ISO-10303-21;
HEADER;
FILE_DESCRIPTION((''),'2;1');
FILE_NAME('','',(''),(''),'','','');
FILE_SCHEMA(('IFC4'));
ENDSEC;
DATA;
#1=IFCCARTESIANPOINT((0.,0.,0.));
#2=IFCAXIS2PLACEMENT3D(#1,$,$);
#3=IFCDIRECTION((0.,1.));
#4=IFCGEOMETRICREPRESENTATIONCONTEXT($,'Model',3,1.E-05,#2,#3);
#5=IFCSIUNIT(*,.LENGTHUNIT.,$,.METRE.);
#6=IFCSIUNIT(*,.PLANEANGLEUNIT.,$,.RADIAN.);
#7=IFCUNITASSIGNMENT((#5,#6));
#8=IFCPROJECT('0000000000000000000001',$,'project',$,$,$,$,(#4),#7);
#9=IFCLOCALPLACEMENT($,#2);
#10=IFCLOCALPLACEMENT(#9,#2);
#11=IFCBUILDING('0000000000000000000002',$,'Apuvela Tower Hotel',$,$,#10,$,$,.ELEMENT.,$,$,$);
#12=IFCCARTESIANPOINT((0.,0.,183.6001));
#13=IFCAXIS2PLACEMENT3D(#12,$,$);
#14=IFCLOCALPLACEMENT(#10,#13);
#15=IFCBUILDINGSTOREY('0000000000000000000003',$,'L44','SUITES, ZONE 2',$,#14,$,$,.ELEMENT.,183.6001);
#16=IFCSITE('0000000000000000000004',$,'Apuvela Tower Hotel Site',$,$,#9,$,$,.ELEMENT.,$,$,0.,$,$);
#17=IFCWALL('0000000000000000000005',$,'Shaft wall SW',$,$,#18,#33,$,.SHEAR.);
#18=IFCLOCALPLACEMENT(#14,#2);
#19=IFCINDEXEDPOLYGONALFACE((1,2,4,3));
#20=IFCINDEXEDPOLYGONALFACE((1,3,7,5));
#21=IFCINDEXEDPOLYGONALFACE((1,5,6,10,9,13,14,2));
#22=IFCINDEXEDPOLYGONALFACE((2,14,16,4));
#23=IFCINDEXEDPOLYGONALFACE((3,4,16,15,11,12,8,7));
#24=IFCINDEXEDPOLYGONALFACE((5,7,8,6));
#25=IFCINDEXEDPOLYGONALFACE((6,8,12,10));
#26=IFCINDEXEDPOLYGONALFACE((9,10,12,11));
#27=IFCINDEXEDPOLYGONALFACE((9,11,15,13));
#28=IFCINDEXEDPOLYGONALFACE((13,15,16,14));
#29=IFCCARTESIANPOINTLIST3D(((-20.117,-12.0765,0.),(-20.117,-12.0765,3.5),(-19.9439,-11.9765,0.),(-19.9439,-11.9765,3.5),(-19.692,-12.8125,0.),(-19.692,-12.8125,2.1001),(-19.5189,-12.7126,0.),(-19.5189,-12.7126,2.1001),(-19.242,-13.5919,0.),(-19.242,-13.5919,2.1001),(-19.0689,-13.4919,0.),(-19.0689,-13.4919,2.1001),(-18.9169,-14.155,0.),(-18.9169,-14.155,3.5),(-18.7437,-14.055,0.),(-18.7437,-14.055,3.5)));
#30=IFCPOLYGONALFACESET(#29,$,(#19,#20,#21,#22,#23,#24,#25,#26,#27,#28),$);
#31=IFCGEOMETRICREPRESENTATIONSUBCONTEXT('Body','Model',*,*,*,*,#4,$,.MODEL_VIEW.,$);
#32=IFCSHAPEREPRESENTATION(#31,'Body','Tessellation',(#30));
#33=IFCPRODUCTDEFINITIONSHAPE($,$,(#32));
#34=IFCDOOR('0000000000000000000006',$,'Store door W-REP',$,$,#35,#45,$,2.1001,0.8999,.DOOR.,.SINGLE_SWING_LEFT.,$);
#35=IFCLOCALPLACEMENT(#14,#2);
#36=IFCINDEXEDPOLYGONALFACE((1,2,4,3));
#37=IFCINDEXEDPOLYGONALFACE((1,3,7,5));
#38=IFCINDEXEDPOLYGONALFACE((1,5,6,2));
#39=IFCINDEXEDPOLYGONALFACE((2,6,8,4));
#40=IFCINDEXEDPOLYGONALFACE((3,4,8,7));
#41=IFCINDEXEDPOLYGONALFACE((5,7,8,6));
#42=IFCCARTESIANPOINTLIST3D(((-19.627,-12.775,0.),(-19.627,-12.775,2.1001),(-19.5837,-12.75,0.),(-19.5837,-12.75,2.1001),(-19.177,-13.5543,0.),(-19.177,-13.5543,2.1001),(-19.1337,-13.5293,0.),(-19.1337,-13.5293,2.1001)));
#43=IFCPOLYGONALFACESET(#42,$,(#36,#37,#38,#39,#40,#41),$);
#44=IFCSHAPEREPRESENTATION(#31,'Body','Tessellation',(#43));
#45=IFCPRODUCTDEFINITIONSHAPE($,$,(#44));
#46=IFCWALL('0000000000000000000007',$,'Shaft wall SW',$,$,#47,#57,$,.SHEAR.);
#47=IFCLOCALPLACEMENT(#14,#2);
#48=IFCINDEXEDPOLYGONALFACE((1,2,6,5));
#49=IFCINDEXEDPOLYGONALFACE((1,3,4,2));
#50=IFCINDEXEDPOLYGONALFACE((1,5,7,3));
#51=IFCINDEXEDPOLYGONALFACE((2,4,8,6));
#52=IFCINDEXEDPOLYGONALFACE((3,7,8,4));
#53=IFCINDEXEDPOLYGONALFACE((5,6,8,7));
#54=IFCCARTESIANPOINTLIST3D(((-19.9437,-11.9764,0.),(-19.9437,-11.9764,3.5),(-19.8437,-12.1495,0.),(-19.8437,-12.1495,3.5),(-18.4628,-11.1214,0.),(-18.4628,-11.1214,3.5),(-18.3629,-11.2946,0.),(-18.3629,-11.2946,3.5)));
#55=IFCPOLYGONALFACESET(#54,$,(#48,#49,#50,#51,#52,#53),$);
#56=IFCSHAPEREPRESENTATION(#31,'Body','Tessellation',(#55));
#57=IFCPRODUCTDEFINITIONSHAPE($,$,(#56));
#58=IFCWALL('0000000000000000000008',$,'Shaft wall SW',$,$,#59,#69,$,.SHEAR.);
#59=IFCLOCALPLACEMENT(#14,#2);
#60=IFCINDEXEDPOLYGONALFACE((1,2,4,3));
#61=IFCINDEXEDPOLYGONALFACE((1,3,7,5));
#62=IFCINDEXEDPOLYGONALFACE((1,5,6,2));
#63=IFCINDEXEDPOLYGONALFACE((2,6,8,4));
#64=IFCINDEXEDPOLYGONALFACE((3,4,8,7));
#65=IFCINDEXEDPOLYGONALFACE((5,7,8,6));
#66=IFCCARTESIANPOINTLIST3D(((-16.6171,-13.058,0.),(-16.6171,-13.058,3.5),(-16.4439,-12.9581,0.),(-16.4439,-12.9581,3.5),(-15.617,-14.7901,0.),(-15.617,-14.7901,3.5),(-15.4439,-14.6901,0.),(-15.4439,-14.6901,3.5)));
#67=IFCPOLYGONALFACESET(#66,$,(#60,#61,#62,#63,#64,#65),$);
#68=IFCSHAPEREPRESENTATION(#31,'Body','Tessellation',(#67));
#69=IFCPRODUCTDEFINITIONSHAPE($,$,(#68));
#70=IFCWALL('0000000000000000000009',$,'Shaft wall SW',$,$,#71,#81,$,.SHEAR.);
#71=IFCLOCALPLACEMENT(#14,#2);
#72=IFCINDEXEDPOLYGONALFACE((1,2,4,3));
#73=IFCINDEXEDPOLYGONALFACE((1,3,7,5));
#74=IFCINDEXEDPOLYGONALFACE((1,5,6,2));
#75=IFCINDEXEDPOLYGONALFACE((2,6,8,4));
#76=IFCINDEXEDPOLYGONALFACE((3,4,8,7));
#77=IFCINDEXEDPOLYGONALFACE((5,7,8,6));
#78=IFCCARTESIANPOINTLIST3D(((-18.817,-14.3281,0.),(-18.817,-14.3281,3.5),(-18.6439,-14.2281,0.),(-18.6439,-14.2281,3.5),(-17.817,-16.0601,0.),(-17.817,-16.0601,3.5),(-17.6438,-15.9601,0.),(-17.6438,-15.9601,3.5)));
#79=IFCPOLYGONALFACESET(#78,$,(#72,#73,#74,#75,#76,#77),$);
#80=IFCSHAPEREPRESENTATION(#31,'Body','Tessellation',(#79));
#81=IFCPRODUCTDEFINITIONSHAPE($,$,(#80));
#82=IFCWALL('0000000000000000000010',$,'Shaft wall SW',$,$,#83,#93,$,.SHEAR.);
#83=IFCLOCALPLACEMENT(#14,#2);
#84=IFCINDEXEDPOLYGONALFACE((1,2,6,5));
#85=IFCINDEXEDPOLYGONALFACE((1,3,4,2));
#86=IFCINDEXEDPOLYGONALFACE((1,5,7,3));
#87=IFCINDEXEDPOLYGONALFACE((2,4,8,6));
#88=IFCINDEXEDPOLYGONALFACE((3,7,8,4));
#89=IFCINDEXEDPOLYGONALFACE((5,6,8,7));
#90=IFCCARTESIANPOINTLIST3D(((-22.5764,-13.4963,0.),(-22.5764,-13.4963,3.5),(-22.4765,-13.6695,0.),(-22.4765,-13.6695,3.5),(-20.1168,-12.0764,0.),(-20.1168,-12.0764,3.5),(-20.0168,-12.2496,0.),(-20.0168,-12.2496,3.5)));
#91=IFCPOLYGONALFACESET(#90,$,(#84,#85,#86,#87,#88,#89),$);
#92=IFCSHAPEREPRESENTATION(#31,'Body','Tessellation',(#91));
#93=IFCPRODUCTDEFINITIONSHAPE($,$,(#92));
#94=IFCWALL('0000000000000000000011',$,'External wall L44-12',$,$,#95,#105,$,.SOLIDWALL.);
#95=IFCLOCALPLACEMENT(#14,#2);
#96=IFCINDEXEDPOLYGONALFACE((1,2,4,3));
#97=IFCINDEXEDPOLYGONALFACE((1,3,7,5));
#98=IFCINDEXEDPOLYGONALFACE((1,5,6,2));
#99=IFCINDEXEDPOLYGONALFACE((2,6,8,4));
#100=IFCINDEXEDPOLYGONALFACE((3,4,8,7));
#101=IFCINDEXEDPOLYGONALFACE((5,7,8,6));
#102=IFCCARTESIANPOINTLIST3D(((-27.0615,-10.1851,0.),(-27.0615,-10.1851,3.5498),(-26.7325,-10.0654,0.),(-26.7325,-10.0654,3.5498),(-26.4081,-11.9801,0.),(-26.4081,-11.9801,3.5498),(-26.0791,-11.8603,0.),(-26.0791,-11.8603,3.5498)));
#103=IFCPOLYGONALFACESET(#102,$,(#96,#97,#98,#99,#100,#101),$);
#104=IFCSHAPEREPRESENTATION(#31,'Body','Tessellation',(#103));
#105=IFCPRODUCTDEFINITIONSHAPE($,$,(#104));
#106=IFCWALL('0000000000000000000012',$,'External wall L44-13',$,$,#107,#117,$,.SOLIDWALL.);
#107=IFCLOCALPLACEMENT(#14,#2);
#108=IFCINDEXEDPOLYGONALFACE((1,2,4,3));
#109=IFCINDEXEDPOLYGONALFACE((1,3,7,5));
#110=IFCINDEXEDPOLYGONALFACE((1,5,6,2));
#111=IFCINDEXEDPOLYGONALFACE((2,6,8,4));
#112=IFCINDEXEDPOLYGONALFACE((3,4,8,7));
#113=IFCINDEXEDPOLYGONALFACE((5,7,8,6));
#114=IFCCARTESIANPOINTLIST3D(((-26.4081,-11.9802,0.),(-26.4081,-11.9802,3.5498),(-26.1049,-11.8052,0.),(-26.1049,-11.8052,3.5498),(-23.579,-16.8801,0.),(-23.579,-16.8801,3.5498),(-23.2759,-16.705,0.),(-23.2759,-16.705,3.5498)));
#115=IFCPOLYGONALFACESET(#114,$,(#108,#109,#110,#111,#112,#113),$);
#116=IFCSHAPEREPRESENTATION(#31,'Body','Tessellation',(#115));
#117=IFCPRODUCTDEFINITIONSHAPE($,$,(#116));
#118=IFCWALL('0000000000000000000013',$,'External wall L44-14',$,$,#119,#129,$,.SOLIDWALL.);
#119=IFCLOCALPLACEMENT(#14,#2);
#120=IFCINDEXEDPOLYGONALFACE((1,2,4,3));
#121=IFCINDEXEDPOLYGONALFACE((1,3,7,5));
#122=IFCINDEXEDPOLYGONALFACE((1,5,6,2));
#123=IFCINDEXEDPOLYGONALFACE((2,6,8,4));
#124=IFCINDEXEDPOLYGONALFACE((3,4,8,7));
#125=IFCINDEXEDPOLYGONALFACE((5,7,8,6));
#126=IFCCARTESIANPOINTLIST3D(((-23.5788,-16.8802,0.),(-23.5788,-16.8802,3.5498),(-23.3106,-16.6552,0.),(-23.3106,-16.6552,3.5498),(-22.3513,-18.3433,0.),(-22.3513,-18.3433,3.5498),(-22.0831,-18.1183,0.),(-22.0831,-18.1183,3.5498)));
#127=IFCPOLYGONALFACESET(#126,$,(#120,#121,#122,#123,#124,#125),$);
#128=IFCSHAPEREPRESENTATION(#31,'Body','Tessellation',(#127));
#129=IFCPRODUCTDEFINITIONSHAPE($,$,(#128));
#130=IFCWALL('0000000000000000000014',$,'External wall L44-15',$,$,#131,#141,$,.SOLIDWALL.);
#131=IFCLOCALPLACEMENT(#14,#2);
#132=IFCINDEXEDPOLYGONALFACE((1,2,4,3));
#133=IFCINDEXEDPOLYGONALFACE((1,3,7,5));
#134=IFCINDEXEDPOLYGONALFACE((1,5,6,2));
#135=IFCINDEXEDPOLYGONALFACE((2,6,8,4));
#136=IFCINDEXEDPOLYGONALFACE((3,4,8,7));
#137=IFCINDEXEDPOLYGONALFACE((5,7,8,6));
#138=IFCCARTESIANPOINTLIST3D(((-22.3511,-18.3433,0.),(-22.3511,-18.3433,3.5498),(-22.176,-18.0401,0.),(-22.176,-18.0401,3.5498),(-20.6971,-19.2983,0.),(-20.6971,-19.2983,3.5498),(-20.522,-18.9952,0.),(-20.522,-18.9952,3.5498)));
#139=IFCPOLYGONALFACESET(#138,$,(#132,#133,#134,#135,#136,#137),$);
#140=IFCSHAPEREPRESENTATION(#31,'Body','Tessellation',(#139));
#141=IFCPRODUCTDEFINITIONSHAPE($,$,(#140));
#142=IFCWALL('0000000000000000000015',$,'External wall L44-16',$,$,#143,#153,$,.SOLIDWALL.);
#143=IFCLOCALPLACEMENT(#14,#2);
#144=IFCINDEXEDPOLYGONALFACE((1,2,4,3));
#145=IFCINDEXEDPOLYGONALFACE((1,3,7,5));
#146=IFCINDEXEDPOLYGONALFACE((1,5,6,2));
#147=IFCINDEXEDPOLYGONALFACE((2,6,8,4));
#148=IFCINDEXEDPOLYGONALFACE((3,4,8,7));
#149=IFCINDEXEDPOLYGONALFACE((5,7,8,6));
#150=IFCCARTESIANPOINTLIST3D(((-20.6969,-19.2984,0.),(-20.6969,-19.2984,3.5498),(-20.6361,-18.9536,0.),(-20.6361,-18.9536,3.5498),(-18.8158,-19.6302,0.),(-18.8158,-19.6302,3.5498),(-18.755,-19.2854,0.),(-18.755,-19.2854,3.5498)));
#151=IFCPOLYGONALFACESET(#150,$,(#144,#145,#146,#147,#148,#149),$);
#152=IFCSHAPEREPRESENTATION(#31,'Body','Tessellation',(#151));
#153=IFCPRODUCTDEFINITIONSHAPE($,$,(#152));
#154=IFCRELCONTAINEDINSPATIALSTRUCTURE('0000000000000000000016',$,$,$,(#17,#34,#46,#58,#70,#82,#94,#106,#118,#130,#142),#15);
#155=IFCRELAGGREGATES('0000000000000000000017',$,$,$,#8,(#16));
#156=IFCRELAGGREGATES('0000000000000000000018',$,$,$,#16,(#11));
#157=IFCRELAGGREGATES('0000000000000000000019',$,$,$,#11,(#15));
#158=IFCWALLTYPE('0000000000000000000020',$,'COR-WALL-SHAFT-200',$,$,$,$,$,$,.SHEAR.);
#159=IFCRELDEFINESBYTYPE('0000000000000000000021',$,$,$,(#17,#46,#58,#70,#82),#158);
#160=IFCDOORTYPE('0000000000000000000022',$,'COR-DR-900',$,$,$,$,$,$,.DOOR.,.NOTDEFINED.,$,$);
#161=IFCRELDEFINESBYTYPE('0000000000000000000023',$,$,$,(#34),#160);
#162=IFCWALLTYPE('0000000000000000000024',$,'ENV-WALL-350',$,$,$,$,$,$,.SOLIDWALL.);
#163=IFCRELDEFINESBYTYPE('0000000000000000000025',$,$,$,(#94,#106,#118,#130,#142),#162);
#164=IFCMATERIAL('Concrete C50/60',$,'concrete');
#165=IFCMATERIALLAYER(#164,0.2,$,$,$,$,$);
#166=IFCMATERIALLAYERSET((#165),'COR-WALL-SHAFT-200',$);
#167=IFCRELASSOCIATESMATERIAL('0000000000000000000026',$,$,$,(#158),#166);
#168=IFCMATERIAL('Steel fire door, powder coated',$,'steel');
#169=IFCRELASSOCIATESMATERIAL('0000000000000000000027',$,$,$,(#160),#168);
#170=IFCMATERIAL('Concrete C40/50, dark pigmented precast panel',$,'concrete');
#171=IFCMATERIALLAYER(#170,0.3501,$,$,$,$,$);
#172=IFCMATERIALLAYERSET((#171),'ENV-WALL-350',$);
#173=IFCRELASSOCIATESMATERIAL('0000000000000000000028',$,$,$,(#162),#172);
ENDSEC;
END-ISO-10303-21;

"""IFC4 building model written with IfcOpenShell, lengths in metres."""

from ifc_helpers import new_model, si_unit, direction, frame, frame_2d, origin, place, context, subcontext, project, spatial, rectangle, extrude, material, layer, layer_set, type_object, element, fill, save


model = new_model("IFC4")

# Units and contexts
model_context = context("Model", 3, precision=1e-05, world=origin(), true_north=direction((0.0, 1.0)))
body_context = subcontext(model_context, "Body", "Model", "MODEL_VIEW")
ifc_project = project(units=[si_unit("LENGTHUNIT", "METRE"), si_unit("PLANEANGLEUNIT", "RADIAN")], contexts=[model_context])

# Site, building, storey
site_placement = place(None, origin())
site = spatial("IfcSite", under=ifc_project, at=site_placement, Name="Apuvela Tower Hotel Site", CompositionType="ELEMENT", RefElevation=0.0)
building_placement = place(site_placement, origin())
building = spatial("IfcBuilding", under=site, at=building_placement, Name="Apuvela Tower Hotel", CompositionType="ELEMENT")
storey_placement = place(building_placement, frame((0.0, 0.0, 183.6001)))
storey = spatial("IfcBuildingStorey", under=building, at=storey_placement, Name="L44", Description="SUITES, ZONE 2", CompositionType="ELEMENT", Elevation=183.6001)

# Wall, opening, door
ifc_material_1 = material(Name="Concrete C50/60", Category="concrete")
ifc_layer_1 = layer(ifc_material_1, 0.2)
ifc_layer_set_1 = layer_set([ifc_layer_1], Name="COR-WALL-SHAFT-200")
wall_type_1 = type_object("IfcWallType", Name="COR-WALL-SHAFT-200", PredefinedType="SHEAR", material=ifc_layer_set_1)
wall_1_placement = place(storey_placement, frame((-20.0305, -12.0264, 0.0), z_axis=(0.0, 0.0, 1.0), x_axis=(0.500034, -0.866006, 0.0)))
wall_1 = element("IfcWall", 1, at=wall_1_placement, inside=storey, type_object=wall_type_1, Name="Shaft wall SW", PredefinedType="SHEAR", context=body_context, shape_type="SweptSolid", body=[
    extrude(rectangle(XDim=2.4001, YDim=0.2, at=frame_2d((1.2002, 0.0))), origin(), (0.0, 0.0, 1.0), 3.5),
])
opening_1_placement = place(wall_1_placement, frame((0.8501, 0.0, 0.0)))
opening_1 = element("IfcOpeningElement", 2, at=opening_1_placement, cuts=wall_1, PredefinedType="OPENING", context=body_context, shape_type="SweptSolid", body=[
    extrude(rectangle(XDim=0.8999, YDim=2.1001, at=frame_2d((0.45, 1.05))), frame((0.0, 0.1099, 0.0), z_axis=(0.0, -1.0, 0.0), x_axis=(1.0, 0.0, 0.0)), (0.0, 0.0, 1.0), 0.22),
])
ifc_material_2 = material(Name="Steel fire door, powder coated", Category="steel")
door_type_1 = type_object("IfcDoorType", Name="COR-DR-900", OperationType="NOTDEFINED", PredefinedType="DOOR", material=ifc_material_2)
door_1_placement = place(opening_1_placement, frame((0.8999, 0.0, 0.0), z_axis=(0.0, 0.0, 1.0), x_axis=(-1.0, 0.0, 0.0)))
door_1 = element("IfcDoor", 3, at=door_1_placement, inside=storey, type_object=door_type_1, Name="Store door W-REP", OperationType="SINGLE_SWING_LEFT", OverallHeight=2.1001, OverallWidth=0.8999, PredefinedType="DOOR", context=body_context, shape_type="SweptSolid", body=[
    extrude(rectangle(XDim=0.8999, YDim=2.1001, at=frame_2d((0.45, 1.05))), frame((0.0, 0.0249, 0.0), z_axis=(0.0, -1.0, 0.0), x_axis=(1.0, 0.0, 0.0)), (0.0, 0.0, 1.0), 0.05),
])
fill(opening_1, door_1)

# Walls
wall_2_placement = place(storey_placement, frame((-18.4128, -11.208, 0.0), z_axis=(0.0, 0.0, 1.0), x_axis=(-0.866038, -0.499978, 0.0)))
element("IfcWall", 4, at=wall_2_placement, inside=storey, type_object=wall_type_1, Name="Shaft wall SW", PredefinedType="SHEAR", context=body_context, shape_type="SweptSolid", body=[
    extrude(rectangle(XDim=1.71, YDim=0.2, at=frame_2d((0.855, 0.0))), origin(), (0.0, 0.0, 1.0), 3.5),
])
for number, where, z_axis, x_axis, name in (
    (5, (-16.5305, -13.0081, 0.0), (0.0, 0.0, 1.0), (0.500025, -0.866011, 0.0), "Shaft wall SW"),
    (6, (-18.7305, -14.2781, 0.0), (0.0, 0.0, 1.0), (0.500025, -0.866011, 0.0), "Shaft wall SW"),
):
    element("IfcWall", number, at=place(storey_placement, frame(where, z_axis=z_axis, x_axis=x_axis)), inside=storey, type_object=wall_type_1, Name=name, PredefinedType="SHEAR", context=body_context, shape_type="SweptSolid", body=[
        extrude(rectangle(XDim=2.0, YDim=0.2, at=frame_2d((1.0, 0.0))), origin(), (0.0, 0.0, 1.0), 3.5),
    ])
wall_3_placement = place(storey_placement, frame((-20.0669, -12.1631, 0.0), z_axis=(0.0, 0.0, 1.0), x_axis=(-0.866055, -0.499948, 0.0)))
element("IfcWall", 7, at=wall_3_placement, inside=storey, type_object=wall_type_1, Name="Shaft wall SW", PredefinedType="SHEAR", context=body_context, shape_type="SweptSolid", body=[
    extrude(rectangle(XDim=2.8401, YDim=0.2, at=frame_2d((1.4199, 0.0))), origin(), (0.0, 0.0, 1.0), 3.5),
])
ifc_material_3 = material(Name="Concrete C40/50, dark pigmented precast panel", Category="concrete")
ifc_layer_2 = layer(ifc_material_3, 0.3501)
ifc_layer_set_2 = layer_set([ifc_layer_2], Name="ENV-WALL-350")
wall_type_2 = type_object("IfcWallType", Name="ENV-WALL-350", PredefinedType="SOLIDWALL", material=ifc_layer_set_2)
wall_4_placement = place(storey_placement, frame((-26.897, -10.1252, 0.0), z_axis=(0.0, 0.0, 1.0), x_axis=(0.34203, -0.939689, 0.0)))
element("IfcWall", 8, at=wall_4_placement, inside=storey, type_object=wall_type_2, Name="External wall L44-12", PredefinedType="SOLIDWALL", context=body_context, shape_type="SweptSolid", body=[
    extrude(rectangle(XDim=1.9102, YDim=0.3501, at=frame_2d((0.9551, 0.0))), origin(), (0.0, 0.0, 1.0), 3.5498),
])
wall_5_placement = place(storey_placement, frame((-26.2566, -11.8926, 0.0), z_axis=(0.0, 0.0, 1.0), x_axis=(0.500019, -0.866015, 0.0)))
element("IfcWall", 9, at=wall_5_placement, inside=storey, type_object=wall_type_2, Name="External wall L44-13", PredefinedType="SOLIDWALL", context=body_context, shape_type="SweptSolid", body=[
    extrude(rectangle(XDim=5.658, YDim=0.3501, at=frame_2d((2.8291, 0.0))), origin(), (0.0, 0.0, 1.0), 3.5498),
])
for number, where, z_axis, x_axis, name in (
    (10, (-23.4448, -16.7676, 0.0), (0.0, 0.0, 1.0), (0.642733, -0.76609, 0.0), "External wall L44-14"),
    (11, (-22.2637, -18.1917, 0.0), (0.0, 0.0, 1.0), (0.866, -0.500043, 0.0), "External wall L44-15"),
):
    element("IfcWall", number, at=place(storey_placement, frame(where, z_axis=z_axis, x_axis=x_axis)), inside=storey, type_object=wall_type_2, Name=name, PredefinedType="SOLIDWALL", context=body_context, shape_type="SweptSolid", body=[
        extrude(rectangle(XDim=1.9099, YDim=0.3501, at=frame_2d((0.9551, 0.0))), origin(), (0.0, 0.0, 1.0), 3.5498),
    ])
wall_6_placement = place(storey_placement, frame((-20.6665, -19.126, 0.0), z_axis=(0.0, 0.0, 1.0), x_axis=(0.984799, -0.173698, 0.0)))
element("IfcWall", 12, at=wall_6_placement, inside=storey, type_object=wall_type_2, Name="External wall L44-16", PredefinedType="SOLIDWALL", context=body_context, shape_type="SweptSolid", body=[
    extrude(rectangle(XDim=1.9102, YDim=0.3501, at=frame_2d((0.9551, 0.0))), origin(), (0.0, 0.0, 1.0), 3.5498),
])

save(model, "model.ifc")
